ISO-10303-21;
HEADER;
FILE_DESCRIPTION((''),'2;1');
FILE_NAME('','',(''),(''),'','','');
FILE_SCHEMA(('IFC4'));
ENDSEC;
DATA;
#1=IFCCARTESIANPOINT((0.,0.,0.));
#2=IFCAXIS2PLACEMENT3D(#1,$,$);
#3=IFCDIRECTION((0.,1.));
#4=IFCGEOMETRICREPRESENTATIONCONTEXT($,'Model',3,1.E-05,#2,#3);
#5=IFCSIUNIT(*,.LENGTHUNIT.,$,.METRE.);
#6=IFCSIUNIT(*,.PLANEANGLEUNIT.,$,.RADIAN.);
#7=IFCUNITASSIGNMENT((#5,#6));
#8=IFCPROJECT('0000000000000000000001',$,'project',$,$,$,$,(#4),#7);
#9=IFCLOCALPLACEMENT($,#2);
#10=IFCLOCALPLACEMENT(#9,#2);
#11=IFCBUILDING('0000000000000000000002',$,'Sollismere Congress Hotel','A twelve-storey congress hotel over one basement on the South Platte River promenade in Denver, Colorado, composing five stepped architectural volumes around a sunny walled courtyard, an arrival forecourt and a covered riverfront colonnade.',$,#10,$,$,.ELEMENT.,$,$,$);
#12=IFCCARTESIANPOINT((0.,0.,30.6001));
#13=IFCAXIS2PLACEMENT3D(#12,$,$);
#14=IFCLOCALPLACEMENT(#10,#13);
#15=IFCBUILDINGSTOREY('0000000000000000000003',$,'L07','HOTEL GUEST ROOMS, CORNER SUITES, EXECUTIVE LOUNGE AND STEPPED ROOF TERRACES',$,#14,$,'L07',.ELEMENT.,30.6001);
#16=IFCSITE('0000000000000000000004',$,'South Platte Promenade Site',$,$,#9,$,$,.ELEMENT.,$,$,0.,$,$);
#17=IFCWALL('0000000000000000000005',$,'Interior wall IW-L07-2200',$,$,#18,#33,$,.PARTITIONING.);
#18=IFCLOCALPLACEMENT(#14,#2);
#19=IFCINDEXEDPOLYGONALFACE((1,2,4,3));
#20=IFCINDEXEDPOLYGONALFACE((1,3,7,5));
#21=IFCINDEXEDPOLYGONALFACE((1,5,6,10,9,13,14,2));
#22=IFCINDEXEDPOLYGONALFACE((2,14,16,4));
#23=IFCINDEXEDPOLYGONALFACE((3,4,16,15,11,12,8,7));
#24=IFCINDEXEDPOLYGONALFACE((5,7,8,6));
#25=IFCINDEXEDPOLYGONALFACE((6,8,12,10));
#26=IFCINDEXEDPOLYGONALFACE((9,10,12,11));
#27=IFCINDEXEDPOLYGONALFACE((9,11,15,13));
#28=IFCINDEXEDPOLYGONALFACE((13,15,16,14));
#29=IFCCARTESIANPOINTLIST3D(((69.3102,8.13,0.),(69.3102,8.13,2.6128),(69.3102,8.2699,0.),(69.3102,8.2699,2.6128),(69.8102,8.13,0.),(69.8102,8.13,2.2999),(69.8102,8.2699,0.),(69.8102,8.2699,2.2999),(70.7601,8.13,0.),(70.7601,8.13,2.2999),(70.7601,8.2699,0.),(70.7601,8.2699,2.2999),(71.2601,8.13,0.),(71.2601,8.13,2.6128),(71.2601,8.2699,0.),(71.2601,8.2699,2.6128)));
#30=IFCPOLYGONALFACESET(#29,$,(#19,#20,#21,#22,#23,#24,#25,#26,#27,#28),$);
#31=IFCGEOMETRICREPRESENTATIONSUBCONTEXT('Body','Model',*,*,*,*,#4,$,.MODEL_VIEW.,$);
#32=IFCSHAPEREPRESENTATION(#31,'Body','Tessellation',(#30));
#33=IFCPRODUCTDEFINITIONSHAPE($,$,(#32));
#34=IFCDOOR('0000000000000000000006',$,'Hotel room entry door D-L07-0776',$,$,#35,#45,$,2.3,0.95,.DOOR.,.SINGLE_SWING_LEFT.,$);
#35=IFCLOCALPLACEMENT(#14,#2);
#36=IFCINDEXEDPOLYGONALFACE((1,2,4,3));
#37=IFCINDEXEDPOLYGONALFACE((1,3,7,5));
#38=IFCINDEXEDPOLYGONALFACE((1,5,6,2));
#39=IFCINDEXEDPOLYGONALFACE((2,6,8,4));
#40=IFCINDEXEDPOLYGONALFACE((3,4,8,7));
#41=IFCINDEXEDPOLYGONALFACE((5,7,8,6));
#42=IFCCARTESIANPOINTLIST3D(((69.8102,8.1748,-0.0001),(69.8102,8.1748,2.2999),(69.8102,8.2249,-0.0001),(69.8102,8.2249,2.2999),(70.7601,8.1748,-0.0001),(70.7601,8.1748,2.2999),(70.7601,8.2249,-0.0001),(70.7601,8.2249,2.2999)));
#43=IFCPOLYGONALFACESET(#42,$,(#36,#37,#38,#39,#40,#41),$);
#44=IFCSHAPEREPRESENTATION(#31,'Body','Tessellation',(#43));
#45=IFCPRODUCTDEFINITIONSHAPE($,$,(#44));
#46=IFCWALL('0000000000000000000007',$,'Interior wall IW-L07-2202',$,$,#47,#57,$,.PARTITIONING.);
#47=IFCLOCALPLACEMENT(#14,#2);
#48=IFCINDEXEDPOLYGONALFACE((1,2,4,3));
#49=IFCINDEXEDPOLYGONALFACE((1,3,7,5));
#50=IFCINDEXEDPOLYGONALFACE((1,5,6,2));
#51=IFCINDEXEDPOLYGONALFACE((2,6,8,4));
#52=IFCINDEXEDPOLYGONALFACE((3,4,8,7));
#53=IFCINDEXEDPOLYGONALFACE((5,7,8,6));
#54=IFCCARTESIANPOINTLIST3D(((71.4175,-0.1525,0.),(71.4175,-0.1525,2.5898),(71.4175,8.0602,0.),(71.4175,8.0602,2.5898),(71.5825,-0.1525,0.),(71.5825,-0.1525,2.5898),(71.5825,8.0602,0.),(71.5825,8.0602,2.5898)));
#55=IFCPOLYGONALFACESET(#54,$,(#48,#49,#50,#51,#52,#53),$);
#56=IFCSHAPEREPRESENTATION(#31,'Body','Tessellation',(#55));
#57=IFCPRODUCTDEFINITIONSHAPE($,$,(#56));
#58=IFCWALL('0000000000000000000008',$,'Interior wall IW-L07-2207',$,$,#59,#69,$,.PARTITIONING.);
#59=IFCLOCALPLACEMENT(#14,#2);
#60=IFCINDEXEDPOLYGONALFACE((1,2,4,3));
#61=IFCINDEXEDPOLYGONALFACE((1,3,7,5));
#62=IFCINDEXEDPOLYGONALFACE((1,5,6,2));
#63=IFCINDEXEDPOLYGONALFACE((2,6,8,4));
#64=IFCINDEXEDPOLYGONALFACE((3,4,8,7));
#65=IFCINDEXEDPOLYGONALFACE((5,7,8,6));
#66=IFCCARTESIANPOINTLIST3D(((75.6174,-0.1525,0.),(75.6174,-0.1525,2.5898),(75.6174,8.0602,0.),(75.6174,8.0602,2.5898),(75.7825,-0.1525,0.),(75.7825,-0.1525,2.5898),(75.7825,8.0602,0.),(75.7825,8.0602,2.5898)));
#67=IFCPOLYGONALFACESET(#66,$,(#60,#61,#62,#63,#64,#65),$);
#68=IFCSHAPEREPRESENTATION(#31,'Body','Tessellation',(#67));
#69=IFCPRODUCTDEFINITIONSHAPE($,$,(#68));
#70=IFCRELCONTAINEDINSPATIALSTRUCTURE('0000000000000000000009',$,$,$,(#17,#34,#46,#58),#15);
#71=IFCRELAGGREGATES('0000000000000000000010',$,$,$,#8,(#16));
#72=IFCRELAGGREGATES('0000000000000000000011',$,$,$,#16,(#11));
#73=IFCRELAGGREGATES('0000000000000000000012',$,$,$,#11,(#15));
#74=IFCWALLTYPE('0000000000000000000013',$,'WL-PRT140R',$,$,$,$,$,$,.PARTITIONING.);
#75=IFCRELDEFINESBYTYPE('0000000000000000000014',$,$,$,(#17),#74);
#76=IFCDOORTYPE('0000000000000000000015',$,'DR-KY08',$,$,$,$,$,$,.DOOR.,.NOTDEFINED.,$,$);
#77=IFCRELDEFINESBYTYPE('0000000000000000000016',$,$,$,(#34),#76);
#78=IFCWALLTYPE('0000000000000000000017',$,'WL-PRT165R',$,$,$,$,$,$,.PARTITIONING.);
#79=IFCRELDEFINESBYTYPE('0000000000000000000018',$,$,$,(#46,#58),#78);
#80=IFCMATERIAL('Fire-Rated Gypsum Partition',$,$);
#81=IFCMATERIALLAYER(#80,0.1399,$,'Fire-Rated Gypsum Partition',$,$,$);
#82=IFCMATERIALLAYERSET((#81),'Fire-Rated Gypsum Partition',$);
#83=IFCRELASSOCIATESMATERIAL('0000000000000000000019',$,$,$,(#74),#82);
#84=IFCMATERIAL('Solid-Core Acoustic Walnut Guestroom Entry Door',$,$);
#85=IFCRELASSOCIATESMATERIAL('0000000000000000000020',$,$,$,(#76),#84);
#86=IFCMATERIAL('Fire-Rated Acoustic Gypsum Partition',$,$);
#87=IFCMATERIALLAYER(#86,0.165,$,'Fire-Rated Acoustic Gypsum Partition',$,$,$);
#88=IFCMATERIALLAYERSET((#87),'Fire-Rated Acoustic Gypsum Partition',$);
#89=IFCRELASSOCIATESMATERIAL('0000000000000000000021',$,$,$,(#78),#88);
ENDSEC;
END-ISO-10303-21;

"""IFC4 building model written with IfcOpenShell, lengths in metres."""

from ifc_helpers import new_model, si_unit, direction, frame, frame_2d, origin, place, context, subcontext, project, spatial, rectangle, extrude, material, layer, layer_set, type_object, element, fill, save


model = new_model("IFC4")

# Units and contexts
model_context = context("Model", 3, precision=1e-05, world=origin(), true_north=direction((0.0, 1.0)))
body_context = subcontext(model_context, "Body", "Model", "MODEL_VIEW")
ifc_project = project(units=[si_unit("LENGTHUNIT", "METRE"), si_unit("PLANEANGLEUNIT", "RADIAN")], contexts=[model_context])

# Site, building, storey
site_placement = place(None, origin())
site = spatial("IfcSite", under=ifc_project, at=site_placement, Name="South Platte Promenade Site", CompositionType="ELEMENT", RefElevation=0.0)
building_placement = place(site_placement, origin())
building = spatial("IfcBuilding", under=site, at=building_placement, Name="Sollismere Congress Hotel", Description="A twelve-storey congress hotel over one basement on the South Platte River promenade in Denver, Colorado, composing five stepped architectural volumes around a sunny walled courtyard, an arrival forecourt and a covered riverfront colonnade.", CompositionType="ELEMENT")
storey_placement = place(building_placement, frame((0.0, 0.0, 30.6001)))
storey = spatial("IfcBuildingStorey", under=building, at=storey_placement, Name="L07", Description="HOTEL GUEST ROOMS, CORNER SUITES, EXECUTIVE LOUNGE AND STEPPED ROOF TERRACES", LongName="L07", CompositionType="ELEMENT", Elevation=30.6001)

# Shared definitions
ifc_material_1 = material(Name="Fire-Rated Gypsum Partition")
ifc_layer_1 = layer(ifc_material_1, 0.1399, Name="Fire-Rated Gypsum Partition")
ifc_layer_set_1 = layer_set([ifc_layer_1], Name="Fire-Rated Gypsum Partition")
wall_type_1 = type_object("IfcWallType", Name="WL-PRT140R", PredefinedType="PARTITIONING", material=ifc_layer_set_1)

# Wall, opening, door
wall_1_placement = place(storey_placement, frame((69.3101, 8.2, 0.0), z_axis=(0.0, 0.0, 1.0), x_axis=(1.0, 0.0, 0.0)))
wall_1 = element("IfcWall", 1, at=wall_1_placement, inside=storey, type_object=wall_type_1, Name="Interior wall IW-L07-2200", PredefinedType="PARTITIONING", context=body_context, shape_type="SweptSolid", body=[
    extrude(rectangle(XDim=1.95, YDim=0.1399, at=frame_2d((0.9751, 0.0))), origin(), (0.0, 0.0, 1.0), 2.6128),
])
opening_1_placement = place(wall_1_placement, frame((0.5, 0.0, 0.0)))
opening_1 = element("IfcOpeningElement", 2, at=opening_1_placement, cuts=wall_1, PredefinedType="OPENING", context=body_context, shape_type="SweptSolid", body=[
    extrude(rectangle(XDim=0.95, YDim=2.3, at=frame_2d((0.4751, 1.1499))), frame((0.0, 0.0798, 0.0), z_axis=(0.0, -1.0, 0.0), x_axis=(1.0, 0.0, 0.0)), (0.0, 0.0, 1.0), 0.1599),
])
ifc_material_2 = material(Name="Solid-Core Acoustic Walnut Guestroom Entry Door")
door_type_1 = type_object("IfcDoorType", Name="DR-KY08", OperationType="NOTDEFINED", PredefinedType="DOOR", material=ifc_material_2)
door_1_placement = place(opening_1_placement, origin())
door_1 = element("IfcDoor", 3, at=door_1_placement, inside=storey, type_object=door_type_1, Name="Hotel room entry door D-L07-0776", OperationType="SINGLE_SWING_LEFT", OverallHeight=2.3, OverallWidth=0.95, PredefinedType="DOOR", context=body_context, shape_type="SweptSolid", body=[
    extrude(rectangle(XDim=0.95, YDim=2.3, at=frame_2d((0.4751, 1.1499))), frame((0.0, 0.0249, 0.0), z_axis=(0.0, -1.0, 0.0), x_axis=(1.0, 0.0, 0.0)), (0.0, 0.0, 1.0), 0.05),
])
fill(opening_1, door_1)

# Walls
ifc_material_3 = material(Name="Fire-Rated Acoustic Gypsum Partition")
ifc_layer_2 = layer(ifc_material_3, 0.165, Name="Fire-Rated Acoustic Gypsum Partition")
ifc_layer_set_2 = layer_set([ifc_layer_2], Name="Fire-Rated Acoustic Gypsum Partition")
wall_type_2 = type_object("IfcWallType", Name="WL-PRT165R", PredefinedType="PARTITIONING", material=ifc_layer_set_2)
for number, where, z_axis, x_axis, name in (
    (4, (71.5, -0.1526, 0.0), (0.0, 0.0, 1.0), (0.0, 1.0, 0.0), "Interior wall IW-L07-2202"),
    (5, (75.7, -0.1526, 0.0), (0.0, 0.0, 1.0), (0.0, 1.0, 0.0), "Interior wall IW-L07-2207"),
):
    element("IfcWall", number, at=place(storey_placement, frame(where, z_axis=z_axis, x_axis=x_axis)), inside=storey, type_object=wall_type_2, Name=name, PredefinedType="PARTITIONING", context=body_context, shape_type="SweptSolid", body=[
        extrude(rectangle(XDim=8.2126, YDim=0.165, at=frame_2d((4.1064, 0.0))), origin(), (0.0, 0.0, 1.0), 2.5898),
    ])

save(model, "model.ifc")
